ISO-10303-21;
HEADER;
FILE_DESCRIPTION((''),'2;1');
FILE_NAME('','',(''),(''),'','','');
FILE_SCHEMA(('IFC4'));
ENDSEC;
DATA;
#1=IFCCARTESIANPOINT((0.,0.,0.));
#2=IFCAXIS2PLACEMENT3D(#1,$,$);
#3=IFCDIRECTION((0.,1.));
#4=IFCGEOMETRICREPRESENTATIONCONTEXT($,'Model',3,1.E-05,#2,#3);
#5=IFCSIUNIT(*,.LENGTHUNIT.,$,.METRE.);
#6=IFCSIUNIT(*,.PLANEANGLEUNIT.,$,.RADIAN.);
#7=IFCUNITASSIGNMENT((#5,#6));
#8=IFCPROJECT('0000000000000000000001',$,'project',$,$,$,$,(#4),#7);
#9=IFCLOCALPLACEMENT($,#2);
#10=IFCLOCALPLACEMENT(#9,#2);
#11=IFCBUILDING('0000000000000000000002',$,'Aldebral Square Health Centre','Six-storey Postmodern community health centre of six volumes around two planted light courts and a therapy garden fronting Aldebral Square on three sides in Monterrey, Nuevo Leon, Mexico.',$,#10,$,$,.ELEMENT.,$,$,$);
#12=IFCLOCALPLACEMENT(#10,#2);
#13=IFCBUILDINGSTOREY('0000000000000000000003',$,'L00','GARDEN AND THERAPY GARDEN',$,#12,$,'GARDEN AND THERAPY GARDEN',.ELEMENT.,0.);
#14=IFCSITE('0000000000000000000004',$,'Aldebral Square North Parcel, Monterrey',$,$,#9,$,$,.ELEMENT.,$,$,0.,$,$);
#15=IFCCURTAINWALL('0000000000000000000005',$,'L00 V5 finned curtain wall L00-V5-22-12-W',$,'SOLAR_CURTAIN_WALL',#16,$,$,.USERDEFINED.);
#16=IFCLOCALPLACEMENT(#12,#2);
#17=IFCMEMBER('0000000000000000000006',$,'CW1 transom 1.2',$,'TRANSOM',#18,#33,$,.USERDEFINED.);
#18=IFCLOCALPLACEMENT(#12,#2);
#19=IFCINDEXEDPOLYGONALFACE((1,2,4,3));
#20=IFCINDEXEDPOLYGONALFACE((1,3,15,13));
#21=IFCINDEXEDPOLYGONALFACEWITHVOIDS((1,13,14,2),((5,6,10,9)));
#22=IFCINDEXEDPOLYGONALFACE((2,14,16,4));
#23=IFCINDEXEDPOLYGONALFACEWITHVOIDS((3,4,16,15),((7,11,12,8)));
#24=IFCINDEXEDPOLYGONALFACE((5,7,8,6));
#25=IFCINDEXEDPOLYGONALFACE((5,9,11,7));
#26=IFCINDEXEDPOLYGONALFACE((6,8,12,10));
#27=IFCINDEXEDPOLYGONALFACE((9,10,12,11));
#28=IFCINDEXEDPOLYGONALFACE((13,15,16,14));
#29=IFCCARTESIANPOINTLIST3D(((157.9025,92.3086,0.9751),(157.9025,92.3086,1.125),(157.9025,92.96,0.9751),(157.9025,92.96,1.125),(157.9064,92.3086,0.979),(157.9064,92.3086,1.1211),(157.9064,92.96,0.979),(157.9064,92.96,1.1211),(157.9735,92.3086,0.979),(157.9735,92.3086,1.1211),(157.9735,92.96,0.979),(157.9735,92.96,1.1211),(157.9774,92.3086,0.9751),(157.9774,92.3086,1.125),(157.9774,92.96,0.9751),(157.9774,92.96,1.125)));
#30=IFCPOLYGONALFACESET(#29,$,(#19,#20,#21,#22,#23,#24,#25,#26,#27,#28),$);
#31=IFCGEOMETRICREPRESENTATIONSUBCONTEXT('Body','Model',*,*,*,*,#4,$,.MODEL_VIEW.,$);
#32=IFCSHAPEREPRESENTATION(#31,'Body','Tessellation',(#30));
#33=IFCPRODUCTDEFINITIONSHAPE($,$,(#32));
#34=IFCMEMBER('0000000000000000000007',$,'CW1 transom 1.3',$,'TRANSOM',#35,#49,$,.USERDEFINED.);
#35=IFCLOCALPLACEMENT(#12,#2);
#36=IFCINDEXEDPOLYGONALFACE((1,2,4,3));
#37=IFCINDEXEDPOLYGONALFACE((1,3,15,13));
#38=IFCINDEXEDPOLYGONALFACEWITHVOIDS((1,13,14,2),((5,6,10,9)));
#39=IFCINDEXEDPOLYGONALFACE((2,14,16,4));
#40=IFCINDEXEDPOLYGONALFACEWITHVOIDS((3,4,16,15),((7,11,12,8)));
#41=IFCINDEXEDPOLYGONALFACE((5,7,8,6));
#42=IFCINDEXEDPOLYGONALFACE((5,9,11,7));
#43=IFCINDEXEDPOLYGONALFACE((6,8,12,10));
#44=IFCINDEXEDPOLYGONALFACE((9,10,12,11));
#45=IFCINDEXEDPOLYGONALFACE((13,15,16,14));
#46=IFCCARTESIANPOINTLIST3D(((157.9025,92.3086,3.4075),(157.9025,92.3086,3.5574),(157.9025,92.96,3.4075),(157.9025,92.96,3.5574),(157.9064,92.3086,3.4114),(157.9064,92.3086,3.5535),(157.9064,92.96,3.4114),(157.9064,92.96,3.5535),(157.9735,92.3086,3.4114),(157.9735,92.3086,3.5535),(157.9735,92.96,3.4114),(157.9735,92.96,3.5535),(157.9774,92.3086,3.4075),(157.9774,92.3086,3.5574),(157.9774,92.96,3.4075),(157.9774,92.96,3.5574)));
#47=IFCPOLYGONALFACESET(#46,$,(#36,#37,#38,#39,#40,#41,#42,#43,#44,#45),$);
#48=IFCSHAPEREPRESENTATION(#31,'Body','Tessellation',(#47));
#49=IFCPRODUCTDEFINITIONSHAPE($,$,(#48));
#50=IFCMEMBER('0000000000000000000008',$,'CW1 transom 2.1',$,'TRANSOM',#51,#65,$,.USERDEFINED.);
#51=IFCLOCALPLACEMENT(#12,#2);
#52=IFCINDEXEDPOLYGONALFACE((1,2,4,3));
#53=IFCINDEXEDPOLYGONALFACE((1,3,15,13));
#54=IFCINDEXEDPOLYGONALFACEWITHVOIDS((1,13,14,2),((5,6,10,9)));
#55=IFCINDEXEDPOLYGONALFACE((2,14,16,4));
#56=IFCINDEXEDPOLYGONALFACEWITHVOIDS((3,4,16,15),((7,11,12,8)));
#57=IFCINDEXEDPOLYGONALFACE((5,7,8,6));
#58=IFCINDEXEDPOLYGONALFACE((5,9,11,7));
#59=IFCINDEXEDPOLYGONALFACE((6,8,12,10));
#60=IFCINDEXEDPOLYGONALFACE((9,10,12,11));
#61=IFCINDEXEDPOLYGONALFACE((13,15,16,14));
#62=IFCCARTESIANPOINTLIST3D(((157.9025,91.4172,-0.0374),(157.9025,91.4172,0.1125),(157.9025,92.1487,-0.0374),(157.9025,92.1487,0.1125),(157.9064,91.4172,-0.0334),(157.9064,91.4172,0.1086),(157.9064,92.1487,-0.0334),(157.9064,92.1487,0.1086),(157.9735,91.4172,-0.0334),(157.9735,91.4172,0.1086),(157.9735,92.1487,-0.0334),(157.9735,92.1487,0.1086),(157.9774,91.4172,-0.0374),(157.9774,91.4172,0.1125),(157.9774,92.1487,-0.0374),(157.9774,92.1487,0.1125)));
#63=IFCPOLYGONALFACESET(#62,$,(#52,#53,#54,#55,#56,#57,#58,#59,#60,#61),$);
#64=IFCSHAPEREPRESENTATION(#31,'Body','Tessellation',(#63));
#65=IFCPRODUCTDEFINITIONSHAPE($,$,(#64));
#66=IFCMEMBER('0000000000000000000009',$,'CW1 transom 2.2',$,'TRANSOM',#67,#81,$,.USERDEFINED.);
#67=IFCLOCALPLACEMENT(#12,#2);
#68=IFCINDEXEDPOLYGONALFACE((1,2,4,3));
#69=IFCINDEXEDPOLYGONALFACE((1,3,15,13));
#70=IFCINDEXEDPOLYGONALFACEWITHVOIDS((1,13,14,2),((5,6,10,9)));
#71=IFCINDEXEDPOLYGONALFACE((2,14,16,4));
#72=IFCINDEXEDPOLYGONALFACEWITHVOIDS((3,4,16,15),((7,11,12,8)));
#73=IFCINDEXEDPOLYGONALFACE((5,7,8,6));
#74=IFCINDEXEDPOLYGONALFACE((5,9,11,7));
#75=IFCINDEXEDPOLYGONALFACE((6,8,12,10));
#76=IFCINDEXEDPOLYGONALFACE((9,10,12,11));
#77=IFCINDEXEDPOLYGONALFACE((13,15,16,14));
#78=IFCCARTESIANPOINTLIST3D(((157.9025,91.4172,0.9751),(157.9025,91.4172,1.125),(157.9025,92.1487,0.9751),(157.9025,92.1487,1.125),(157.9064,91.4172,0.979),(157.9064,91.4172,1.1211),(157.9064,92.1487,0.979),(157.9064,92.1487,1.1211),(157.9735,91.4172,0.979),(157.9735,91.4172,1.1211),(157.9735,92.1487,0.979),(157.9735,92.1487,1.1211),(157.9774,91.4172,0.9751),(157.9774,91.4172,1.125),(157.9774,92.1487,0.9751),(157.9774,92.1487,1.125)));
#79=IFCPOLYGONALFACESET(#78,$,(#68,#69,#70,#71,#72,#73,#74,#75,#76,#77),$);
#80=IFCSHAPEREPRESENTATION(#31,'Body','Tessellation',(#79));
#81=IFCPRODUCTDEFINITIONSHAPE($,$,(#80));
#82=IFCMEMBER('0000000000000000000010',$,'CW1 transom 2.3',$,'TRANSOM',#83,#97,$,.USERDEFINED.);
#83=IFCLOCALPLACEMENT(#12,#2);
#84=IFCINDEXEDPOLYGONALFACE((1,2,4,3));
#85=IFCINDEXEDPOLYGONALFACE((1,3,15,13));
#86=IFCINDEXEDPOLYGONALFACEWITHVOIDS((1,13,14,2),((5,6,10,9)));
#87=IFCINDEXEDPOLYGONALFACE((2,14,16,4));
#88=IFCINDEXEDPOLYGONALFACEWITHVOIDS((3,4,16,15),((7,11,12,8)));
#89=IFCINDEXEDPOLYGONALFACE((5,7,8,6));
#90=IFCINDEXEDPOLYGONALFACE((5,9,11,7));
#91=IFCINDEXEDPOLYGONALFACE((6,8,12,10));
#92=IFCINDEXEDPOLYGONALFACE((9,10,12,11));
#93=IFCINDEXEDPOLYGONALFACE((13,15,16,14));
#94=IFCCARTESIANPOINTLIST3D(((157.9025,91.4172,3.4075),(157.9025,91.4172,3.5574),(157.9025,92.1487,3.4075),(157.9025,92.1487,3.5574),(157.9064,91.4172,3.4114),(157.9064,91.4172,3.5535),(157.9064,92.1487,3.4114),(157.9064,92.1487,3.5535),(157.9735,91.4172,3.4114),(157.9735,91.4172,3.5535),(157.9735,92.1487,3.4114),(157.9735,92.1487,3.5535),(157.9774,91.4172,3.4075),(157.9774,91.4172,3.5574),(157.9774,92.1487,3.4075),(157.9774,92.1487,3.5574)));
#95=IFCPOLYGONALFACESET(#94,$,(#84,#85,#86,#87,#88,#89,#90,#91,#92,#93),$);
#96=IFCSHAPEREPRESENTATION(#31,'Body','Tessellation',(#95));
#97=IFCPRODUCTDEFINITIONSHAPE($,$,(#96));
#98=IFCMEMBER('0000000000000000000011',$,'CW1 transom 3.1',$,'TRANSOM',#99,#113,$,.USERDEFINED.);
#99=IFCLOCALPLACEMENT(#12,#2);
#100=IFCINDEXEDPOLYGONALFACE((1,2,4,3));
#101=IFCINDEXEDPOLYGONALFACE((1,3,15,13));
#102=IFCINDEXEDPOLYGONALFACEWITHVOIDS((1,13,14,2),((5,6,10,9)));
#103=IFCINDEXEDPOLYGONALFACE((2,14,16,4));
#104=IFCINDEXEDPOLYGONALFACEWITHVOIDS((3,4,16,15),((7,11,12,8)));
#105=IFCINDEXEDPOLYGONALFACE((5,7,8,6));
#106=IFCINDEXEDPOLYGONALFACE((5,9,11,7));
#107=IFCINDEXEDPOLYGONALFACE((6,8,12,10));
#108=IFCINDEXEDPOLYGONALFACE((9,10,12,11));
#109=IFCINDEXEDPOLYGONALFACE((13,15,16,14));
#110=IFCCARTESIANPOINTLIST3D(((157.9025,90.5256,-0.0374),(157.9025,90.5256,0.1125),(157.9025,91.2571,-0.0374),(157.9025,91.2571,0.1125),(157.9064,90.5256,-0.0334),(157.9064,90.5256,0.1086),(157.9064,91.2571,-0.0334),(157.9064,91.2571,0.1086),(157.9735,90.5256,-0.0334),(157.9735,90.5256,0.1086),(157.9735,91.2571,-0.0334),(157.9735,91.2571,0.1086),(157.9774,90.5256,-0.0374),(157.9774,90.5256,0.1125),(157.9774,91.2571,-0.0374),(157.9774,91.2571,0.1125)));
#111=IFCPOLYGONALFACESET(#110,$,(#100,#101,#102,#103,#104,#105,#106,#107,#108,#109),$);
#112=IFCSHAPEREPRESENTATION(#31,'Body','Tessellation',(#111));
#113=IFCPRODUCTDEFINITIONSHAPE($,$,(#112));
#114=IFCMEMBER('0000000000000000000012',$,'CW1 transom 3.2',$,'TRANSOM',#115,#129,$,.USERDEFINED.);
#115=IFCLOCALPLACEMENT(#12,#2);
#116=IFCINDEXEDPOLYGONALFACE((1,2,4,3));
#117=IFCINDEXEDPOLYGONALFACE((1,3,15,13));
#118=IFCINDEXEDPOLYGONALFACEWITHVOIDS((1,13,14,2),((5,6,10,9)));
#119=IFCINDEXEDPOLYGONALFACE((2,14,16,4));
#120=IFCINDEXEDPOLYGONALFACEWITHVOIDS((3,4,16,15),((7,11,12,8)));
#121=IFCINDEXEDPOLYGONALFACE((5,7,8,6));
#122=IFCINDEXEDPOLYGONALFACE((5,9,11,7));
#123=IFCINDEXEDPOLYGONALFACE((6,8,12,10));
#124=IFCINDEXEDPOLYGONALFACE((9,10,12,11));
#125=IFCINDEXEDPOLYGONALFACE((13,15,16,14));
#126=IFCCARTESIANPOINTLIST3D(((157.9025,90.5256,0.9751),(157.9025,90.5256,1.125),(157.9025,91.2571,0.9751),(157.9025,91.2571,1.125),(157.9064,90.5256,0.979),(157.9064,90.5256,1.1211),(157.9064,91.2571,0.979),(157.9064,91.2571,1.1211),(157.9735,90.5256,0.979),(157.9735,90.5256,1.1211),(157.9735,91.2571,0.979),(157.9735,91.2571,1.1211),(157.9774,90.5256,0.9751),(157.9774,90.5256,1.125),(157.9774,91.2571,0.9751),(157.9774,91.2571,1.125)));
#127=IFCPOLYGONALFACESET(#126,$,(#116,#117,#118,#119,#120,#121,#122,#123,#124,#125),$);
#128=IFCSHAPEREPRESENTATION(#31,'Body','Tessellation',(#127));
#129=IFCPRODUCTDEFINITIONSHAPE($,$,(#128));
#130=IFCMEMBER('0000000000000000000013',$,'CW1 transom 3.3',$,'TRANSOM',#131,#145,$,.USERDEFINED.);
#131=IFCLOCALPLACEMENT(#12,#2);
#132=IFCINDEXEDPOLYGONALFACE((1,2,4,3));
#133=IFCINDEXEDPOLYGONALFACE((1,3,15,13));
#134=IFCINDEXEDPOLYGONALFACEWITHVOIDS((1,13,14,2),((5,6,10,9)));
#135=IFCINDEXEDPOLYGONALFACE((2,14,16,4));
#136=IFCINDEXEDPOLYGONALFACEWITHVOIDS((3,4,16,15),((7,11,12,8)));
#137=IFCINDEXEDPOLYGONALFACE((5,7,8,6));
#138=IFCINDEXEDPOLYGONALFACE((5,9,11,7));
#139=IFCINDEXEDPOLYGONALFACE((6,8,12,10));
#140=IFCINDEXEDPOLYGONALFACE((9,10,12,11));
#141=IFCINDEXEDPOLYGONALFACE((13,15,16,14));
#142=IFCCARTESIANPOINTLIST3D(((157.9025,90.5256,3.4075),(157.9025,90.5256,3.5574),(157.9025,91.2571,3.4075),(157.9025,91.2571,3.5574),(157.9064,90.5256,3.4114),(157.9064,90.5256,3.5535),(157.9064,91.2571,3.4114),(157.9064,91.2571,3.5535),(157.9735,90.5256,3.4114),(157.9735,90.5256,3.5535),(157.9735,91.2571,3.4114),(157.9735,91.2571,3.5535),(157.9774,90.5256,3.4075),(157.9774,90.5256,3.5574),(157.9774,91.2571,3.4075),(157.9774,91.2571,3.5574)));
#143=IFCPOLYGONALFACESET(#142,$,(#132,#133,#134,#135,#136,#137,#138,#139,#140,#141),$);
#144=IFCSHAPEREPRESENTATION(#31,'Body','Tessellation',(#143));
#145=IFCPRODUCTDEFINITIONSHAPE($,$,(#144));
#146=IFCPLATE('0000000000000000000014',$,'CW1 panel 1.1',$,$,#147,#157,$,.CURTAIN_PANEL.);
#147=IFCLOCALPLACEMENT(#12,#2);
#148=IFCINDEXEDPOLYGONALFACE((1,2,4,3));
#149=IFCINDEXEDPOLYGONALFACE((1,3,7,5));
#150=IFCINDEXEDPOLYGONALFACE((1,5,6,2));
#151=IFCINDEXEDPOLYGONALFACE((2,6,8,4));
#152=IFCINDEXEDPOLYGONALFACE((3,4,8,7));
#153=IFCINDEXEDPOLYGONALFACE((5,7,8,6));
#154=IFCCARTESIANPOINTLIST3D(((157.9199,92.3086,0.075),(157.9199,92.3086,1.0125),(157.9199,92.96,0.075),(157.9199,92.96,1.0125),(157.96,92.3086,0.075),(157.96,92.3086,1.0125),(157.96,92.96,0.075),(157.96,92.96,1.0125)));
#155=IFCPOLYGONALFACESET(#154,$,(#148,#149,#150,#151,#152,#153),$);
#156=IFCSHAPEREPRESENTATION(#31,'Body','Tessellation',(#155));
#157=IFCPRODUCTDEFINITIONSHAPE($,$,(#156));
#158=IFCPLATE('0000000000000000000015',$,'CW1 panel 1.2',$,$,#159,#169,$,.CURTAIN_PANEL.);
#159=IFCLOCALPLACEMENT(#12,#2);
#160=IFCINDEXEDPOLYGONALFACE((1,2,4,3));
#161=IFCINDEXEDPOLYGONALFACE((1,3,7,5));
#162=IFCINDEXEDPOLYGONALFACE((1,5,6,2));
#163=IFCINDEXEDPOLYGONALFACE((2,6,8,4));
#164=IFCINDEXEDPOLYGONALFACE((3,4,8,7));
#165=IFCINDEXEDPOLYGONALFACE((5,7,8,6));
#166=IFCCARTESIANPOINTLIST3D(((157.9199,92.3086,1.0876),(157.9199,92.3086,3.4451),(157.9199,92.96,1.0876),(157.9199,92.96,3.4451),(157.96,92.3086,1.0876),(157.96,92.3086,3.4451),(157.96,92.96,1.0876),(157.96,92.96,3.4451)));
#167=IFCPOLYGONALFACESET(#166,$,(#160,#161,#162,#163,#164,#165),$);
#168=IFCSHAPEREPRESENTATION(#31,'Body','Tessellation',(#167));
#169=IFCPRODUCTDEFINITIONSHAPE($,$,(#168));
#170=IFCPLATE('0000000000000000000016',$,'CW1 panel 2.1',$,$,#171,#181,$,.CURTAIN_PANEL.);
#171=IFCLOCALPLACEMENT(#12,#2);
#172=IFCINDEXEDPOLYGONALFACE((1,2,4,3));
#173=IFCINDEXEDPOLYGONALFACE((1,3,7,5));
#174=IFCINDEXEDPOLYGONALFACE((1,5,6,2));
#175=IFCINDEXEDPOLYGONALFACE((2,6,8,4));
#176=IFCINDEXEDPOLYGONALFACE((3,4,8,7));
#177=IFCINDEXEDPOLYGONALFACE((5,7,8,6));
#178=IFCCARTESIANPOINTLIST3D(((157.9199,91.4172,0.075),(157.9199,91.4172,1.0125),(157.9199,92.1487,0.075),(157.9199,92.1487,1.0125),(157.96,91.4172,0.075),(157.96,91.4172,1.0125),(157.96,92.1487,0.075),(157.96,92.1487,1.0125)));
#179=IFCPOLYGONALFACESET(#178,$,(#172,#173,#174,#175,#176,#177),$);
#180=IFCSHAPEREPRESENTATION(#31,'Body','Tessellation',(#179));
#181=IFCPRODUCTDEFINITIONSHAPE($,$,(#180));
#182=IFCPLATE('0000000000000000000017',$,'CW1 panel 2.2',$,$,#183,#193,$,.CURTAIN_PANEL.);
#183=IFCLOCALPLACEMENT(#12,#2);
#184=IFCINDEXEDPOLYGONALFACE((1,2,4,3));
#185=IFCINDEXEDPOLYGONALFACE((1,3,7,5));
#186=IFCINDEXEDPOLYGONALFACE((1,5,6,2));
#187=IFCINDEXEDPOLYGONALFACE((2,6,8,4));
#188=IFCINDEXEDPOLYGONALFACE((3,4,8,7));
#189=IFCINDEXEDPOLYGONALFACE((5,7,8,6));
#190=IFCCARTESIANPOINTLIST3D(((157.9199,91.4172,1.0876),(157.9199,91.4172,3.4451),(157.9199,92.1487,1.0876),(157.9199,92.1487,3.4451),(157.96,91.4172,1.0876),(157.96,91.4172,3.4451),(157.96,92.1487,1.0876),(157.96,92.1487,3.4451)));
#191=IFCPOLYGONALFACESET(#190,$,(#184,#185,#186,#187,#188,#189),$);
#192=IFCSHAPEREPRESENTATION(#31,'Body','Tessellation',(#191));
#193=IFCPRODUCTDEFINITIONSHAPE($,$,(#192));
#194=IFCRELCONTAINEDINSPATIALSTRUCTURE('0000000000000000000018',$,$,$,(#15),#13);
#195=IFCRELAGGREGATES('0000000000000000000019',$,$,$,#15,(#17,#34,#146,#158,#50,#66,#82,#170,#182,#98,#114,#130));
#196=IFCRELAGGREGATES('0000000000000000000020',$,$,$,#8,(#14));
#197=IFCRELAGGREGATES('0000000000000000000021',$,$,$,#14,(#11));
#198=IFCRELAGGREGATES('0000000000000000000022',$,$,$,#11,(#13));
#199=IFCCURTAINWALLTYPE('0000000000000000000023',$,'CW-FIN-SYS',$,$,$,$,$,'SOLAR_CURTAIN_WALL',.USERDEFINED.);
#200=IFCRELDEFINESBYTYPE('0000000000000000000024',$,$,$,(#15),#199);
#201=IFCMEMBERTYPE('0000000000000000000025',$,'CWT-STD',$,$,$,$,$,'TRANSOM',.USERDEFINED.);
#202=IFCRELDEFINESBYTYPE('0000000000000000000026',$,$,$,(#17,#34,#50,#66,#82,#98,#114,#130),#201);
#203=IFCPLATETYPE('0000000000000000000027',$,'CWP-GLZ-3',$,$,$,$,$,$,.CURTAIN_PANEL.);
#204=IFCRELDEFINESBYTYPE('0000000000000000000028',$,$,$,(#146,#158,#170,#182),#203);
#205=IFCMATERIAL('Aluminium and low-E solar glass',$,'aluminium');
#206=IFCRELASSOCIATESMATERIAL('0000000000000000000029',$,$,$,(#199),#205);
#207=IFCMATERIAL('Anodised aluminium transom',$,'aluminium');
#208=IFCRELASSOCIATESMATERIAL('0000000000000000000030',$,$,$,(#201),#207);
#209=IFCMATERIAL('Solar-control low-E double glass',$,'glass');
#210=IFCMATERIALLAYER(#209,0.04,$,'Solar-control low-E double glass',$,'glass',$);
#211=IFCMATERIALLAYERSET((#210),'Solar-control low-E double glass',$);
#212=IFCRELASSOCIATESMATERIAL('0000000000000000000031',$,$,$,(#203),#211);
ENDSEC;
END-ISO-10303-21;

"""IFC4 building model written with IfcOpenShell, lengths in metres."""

from ifc_helpers import new_model, si_unit, direction, frame, origin, origin_2d, place, context, subcontext, project, spatial, rectangle, hollow_rectangle, extrude, material, layer, layer_set, material_profile, profile_set, type_object, element, aggregate, save


model = new_model("IFC4")

# Units and contexts
model_context = context("Model", 3, precision=1e-05, world=origin(), true_north=direction((0.0, 1.0)))
body_context = subcontext(model_context, "Body", "Model", "MODEL_VIEW")
ifc_project = project(units=[si_unit("LENGTHUNIT", "METRE"), si_unit("PLANEANGLEUNIT", "RADIAN")], contexts=[model_context])

# Site, building, storey
site_placement = place(None, origin())
site = spatial("IfcSite", under=ifc_project, at=site_placement, Name="Aldebral Square North Parcel, Monterrey", CompositionType="ELEMENT", RefElevation=0.0)
building_placement = place(site_placement, origin())
building = spatial("IfcBuilding", under=site, at=building_placement, Name="Aldebral Square Health Centre", Description="Six-storey Postmodern community health centre of six volumes around two planted light courts and a therapy garden fronting Aldebral Square on three sides in Monterrey, Nuevo Leon, Mexico.", CompositionType="ELEMENT")
storey_placement = place(building_placement, origin())
storey = spatial("IfcBuildingStorey", under=building, at=storey_placement, Name="L00", Description="GARDEN AND THERAPY GARDEN", LongName="GARDEN AND THERAPY GARDEN", CompositionType="ELEMENT", Elevation=0.0)

# Curtain wall, members, plates
ifc_material_1 = material(Name="Aluminium and low-E solar glass", Category="aluminium")
curtain_wall_type = type_object("IfcCurtainWallType", Name="CW-FIN-SYS", ElementType="SOLAR_CURTAIN_WALL", PredefinedType="USERDEFINED", material=ifc_material_1)
curtain_wall_placement = place(storey_placement, origin())
curtain_wall = element("IfcCurtainWall", 1, at=curtain_wall_placement, inside=storey, type_object=curtain_wall_type, Name="L00 V5 finned curtain wall L00-V5-22-12-W", ObjectType="SOLAR_CURTAIN_WALL", PredefinedType="USERDEFINED")
ifc_material_2 = material(Name="Anodised aluminium transom", Category="aluminium")
ifc_material_profile_1 = material_profile(ifc_material_2, hollow_rectangle(XDim=0.075, YDim=0.1499, WallThickness=0.0039, at=origin_2d()), Name="CWT 75x150x4")
ifc_profile_set_1 = profile_set([ifc_material_profile_1], Name="Anodised aluminium transom")
member_type_1 = type_object("IfcMemberType", Name="CWT-STD", ElementType="TRANSOM", PredefinedType="USERDEFINED", material=ifc_profile_set_1)
member_1_placement = place(storey_placement, frame((157.9399, 92.96, 1.05), z_axis=(0.0, -1.0, 0.0), x_axis=(1.0, 0.0, 0.0)))
member_1 = element("IfcMember", 2, at=member_1_placement, type_object=member_type_1, Name="CW1 transom 1.2", ObjectType="TRANSOM", PredefinedType="USERDEFINED", context=body_context, shape_type="SweptSolid", body=[
    extrude(hollow_rectangle(XDim=0.075, YDim=0.1499, WallThickness=0.0039, at=origin_2d()), origin(), (0.0, 0.0, 1.0), 0.6514),
])
member_2_placement = place(storey_placement, frame((157.9399, 92.96, 3.4824), z_axis=(0.0, -1.0, 0.0), x_axis=(1.0, 0.0, 0.0)))
member_2 = element("IfcMember", 3, at=member_2_placement, type_object=member_type_1, Name="CW1 transom 1.3", ObjectType="TRANSOM", PredefinedType="USERDEFINED", context=body_context, shape_type="SweptSolid", body=[
    extrude(hollow_rectangle(XDim=0.075, YDim=0.1499, WallThickness=0.0039, at=origin_2d()), origin(), (0.0, 0.0, 1.0), 0.6514),
])
member_3_placement = place(storey_placement, frame((157.9399, 92.1487, 0.0376), z_axis=(0.0, -1.0, 0.0), x_axis=(1.0, 0.0, 0.0)))
member_3 = element("IfcMember", 4, at=member_3_placement, type_object=member_type_1, Name="CW1 transom 2.1", ObjectType="TRANSOM", PredefinedType="USERDEFINED", context=body_context, shape_type="SweptSolid", body=[
    extrude(hollow_rectangle(XDim=0.075, YDim=0.1499, WallThickness=0.0039, at=origin_2d()), origin(), (0.0, 0.0, 1.0), 0.7314),
])
member_4_placement = place(storey_placement, frame((157.9399, 92.1487, 1.05), z_axis=(0.0, -1.0, 0.0), x_axis=(1.0, 0.0, 0.0)))
member_4 = element("IfcMember", 5, at=member_4_placement, type_object=member_type_1, Name="CW1 transom 2.2", ObjectType="TRANSOM", PredefinedType="USERDEFINED", context=body_context, shape_type="SweptSolid", body=[
    extrude(hollow_rectangle(XDim=0.075, YDim=0.1499, WallThickness=0.0039, at=origin_2d()), origin(), (0.0, 0.0, 1.0), 0.7314),
])
member_5_placement = place(storey_placement, frame((157.9399, 92.1487, 3.4824), z_axis=(0.0, -1.0, 0.0), x_axis=(1.0, 0.0, 0.0)))
member_5 = element("IfcMember", 6, at=member_5_placement, type_object=member_type_1, Name="CW1 transom 2.3", ObjectType="TRANSOM", PredefinedType="USERDEFINED", context=body_context, shape_type="SweptSolid", body=[
    extrude(hollow_rectangle(XDim=0.075, YDim=0.1499, WallThickness=0.0039, at=origin_2d()), origin(), (0.0, 0.0, 1.0), 0.7314),
])
member_6_placement = place(storey_placement, frame((157.9399, 91.2571, 0.0376), z_axis=(0.0, -1.0, 0.0), x_axis=(1.0, 0.0, 0.0)))
member_6 = element("IfcMember", 7, at=member_6_placement, type_object=member_type_1, Name="CW1 transom 3.1", ObjectType="TRANSOM", PredefinedType="USERDEFINED", context=body_context, shape_type="SweptSolid", body=[
    extrude(hollow_rectangle(XDim=0.075, YDim=0.1499, WallThickness=0.0039, at=origin_2d()), origin(), (0.0, 0.0, 1.0), 0.7314),
])
member_7_placement = place(storey_placement, frame((157.9399, 91.2571, 1.05), z_axis=(0.0, -1.0, 0.0), x_axis=(1.0, 0.0, 0.0)))
member_7 = element("IfcMember", 8, at=member_7_placement, type_object=member_type_1, Name="CW1 transom 3.2", ObjectType="TRANSOM", PredefinedType="USERDEFINED", context=body_context, shape_type="SweptSolid", body=[
    extrude(hollow_rectangle(XDim=0.075, YDim=0.1499, WallThickness=0.0039, at=origin_2d()), origin(), (0.0, 0.0, 1.0), 0.7314),
])
member_8_placement = place(storey_placement, frame((157.9399, 91.2571, 3.4824), z_axis=(0.0, -1.0, 0.0), x_axis=(1.0, 0.0, 0.0)))
member_8 = element("IfcMember", 9, at=member_8_placement, type_object=member_type_1, Name="CW1 transom 3.3", ObjectType="TRANSOM", PredefinedType="USERDEFINED", context=body_context, shape_type="SweptSolid", body=[
    extrude(hollow_rectangle(XDim=0.075, YDim=0.1499, WallThickness=0.0039, at=origin_2d()), origin(), (0.0, 0.0, 1.0), 0.7314),
])
ifc_material_3 = material(Name="Solar-control low-E double glass", Category="glass")
ifc_layer_1 = layer(ifc_material_3, 0.04, Name="Solar-control low-E double glass", Category="glass")
ifc_layer_set_1 = layer_set([ifc_layer_1], Name="Solar-control low-E double glass")
plate_type = type_object("IfcPlateType", Name="CWP-GLZ-3", PredefinedType="CURTAIN_PANEL", material=ifc_layer_set_1)
plate_1_placement = place(storey_placement, frame((157.9399, 92.6343, 0.075), z_axis=(0.0, 0.0, 1.0), x_axis=(0.0, -1.0, 0.0)))
plate_1 = element("IfcPlate", 10, at=plate_1_placement, type_object=plate_type, Name="CW1 panel 1.1", PredefinedType="CURTAIN_PANEL", context=body_context, shape_type="SweptSolid", body=[
    extrude(rectangle(XDim=0.6514, YDim=0.04, at=origin_2d()), origin(), (0.0, 0.0, 1.0), 0.9375),
])
plate_2_placement = place(storey_placement, frame((157.9399, 92.6343, 1.0876), z_axis=(0.0, 0.0, 1.0), x_axis=(0.0, -1.0, 0.0)))
plate_2 = element("IfcPlate", 11, at=plate_2_placement, type_object=plate_type, Name="CW1 panel 1.2", PredefinedType="CURTAIN_PANEL", context=body_context, shape_type="SweptSolid", body=[
    extrude(rectangle(XDim=0.6514, YDim=0.04, at=origin_2d()), origin(), (0.0, 0.0, 1.0), 2.3574),
])
plate_3_placement = place(storey_placement, frame((157.9399, 91.783, 0.075), z_axis=(0.0, 0.0, 1.0), x_axis=(0.0, -1.0, 0.0)))
plate_3 = element("IfcPlate", 12, at=plate_3_placement, type_object=plate_type, Name="CW1 panel 2.1", PredefinedType="CURTAIN_PANEL", context=body_context, shape_type="SweptSolid", body=[
    extrude(rectangle(XDim=0.7314, YDim=0.04, at=origin_2d()), origin(), (0.0, 0.0, 1.0), 0.9375),
])
plate_4_placement = place(storey_placement, frame((157.9399, 91.783, 1.0876), z_axis=(0.0, 0.0, 1.0), x_axis=(0.0, -1.0, 0.0)))
plate_4 = element("IfcPlate", 13, at=plate_4_placement, type_object=plate_type, Name="CW1 panel 2.2", PredefinedType="CURTAIN_PANEL", context=body_context, shape_type="SweptSolid", body=[
    extrude(rectangle(XDim=0.7314, YDim=0.04, at=origin_2d()), origin(), (0.0, 0.0, 1.0), 2.3574),
])
aggregate(curtain_wall, [member_1, member_2, plate_1, plate_2, member_3, member_4, member_5, plate_3, plate_4, member_6, member_7, member_8])

save(model, "model.ifc")
